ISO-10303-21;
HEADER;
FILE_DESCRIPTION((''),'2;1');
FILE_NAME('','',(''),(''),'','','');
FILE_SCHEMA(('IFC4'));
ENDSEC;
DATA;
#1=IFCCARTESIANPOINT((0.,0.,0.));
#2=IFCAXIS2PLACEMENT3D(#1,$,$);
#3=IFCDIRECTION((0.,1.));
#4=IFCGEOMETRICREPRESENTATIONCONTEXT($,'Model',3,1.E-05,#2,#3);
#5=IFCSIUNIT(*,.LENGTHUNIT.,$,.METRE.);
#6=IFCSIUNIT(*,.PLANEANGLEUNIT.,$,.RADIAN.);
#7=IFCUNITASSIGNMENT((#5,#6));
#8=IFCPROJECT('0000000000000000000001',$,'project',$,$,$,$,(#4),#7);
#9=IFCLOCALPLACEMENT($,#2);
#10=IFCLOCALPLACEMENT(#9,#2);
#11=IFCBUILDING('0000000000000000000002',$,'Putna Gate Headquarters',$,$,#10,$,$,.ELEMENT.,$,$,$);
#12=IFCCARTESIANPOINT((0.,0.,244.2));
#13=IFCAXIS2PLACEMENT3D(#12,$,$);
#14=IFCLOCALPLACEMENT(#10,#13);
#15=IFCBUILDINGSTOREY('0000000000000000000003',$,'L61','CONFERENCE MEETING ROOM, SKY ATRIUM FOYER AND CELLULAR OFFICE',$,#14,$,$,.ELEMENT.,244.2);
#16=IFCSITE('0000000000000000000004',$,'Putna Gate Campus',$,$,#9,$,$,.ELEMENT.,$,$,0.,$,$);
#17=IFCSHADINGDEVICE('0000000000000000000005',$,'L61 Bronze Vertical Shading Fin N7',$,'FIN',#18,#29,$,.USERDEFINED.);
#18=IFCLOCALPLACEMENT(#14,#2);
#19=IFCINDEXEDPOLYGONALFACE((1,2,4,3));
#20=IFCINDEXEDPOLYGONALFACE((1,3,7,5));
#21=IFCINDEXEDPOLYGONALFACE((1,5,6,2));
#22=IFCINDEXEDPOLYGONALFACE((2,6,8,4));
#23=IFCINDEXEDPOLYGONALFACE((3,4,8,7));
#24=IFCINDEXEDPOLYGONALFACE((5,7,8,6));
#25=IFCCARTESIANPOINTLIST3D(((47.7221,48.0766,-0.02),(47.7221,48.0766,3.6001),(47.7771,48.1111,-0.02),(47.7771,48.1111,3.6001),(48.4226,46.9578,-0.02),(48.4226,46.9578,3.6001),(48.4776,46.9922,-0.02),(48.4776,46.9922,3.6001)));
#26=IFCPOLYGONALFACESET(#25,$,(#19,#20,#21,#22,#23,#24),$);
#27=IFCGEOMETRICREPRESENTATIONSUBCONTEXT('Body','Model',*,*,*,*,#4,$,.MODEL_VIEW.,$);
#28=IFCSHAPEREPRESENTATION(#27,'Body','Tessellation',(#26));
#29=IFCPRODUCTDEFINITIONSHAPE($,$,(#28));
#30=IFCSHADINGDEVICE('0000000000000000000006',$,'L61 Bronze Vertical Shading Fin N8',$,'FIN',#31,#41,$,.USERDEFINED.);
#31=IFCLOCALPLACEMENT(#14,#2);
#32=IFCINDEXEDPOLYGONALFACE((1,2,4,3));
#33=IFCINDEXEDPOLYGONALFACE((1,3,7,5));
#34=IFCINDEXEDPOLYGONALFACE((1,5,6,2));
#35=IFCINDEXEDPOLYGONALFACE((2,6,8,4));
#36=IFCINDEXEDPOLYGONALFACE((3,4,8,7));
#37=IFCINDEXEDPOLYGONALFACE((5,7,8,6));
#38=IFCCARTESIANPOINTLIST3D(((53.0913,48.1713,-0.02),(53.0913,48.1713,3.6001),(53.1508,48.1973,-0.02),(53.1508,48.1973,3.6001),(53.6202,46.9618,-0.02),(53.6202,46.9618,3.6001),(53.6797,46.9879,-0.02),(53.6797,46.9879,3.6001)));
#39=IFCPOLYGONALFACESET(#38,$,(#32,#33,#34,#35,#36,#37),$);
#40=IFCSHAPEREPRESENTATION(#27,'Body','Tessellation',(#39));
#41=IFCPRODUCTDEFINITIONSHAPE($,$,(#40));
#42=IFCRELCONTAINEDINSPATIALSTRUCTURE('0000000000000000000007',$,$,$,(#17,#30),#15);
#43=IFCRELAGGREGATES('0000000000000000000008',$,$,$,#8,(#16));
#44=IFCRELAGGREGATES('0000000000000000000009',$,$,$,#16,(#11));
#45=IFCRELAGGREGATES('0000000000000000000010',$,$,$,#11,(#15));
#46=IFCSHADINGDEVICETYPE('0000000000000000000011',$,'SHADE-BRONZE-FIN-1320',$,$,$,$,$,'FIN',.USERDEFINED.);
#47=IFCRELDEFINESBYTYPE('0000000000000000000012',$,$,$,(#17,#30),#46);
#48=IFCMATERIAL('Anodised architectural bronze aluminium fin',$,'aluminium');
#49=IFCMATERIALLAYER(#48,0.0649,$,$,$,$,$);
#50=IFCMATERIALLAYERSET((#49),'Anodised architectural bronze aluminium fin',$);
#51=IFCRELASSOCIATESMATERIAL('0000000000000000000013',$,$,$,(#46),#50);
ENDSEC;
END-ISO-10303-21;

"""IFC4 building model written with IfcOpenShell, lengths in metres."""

from ifc_helpers import new_model, si_unit, direction, frame, origin, origin_2d, place, context, subcontext, project, spatial, rectangle, extrude, material, layer, layer_set, type_object, element, save


model = new_model("IFC4")

# Units and contexts
model_context = context("Model", 3, precision=1e-05, world=origin(), true_north=direction((0.0, 1.0)))
body_context = subcontext(model_context, "Body", "Model", "MODEL_VIEW")
ifc_project = project(units=[si_unit("LENGTHUNIT", "METRE"), si_unit("PLANEANGLEUNIT", "RADIAN")], contexts=[model_context])

# Site, building, storey
site_placement = place(None, origin())
site = spatial("IfcSite", under=ifc_project, at=site_placement, Name="Putna Gate Campus", CompositionType="ELEMENT", RefElevation=0.0)
building_placement = place(site_placement, origin())
building = spatial("IfcBuilding", under=site, at=building_placement, Name="Putna Gate Headquarters", CompositionType="ELEMENT")
storey_placement = place(building_placement, frame((0.0, 0.0, 244.2)))
storey = spatial("IfcBuildingStorey", under=building, at=storey_placement, Name="L61", Description="CONFERENCE MEETING ROOM, SKY ATRIUM FOYER AND CELLULAR OFFICE", CompositionType="ELEMENT", Elevation=244.2)

# Shading devices
ifc_material_1 = material(Name="Anodised architectural bronze aluminium fin", Category="aluminium")
ifc_layer_1 = layer(ifc_material_1, 0.0649)
ifc_layer_set_1 = layer_set([ifc_layer_1], Name="Anodised architectural bronze aluminium fin")
shading_device_type = type_object("IfcShadingDeviceType", Name="SHADE-BRONZE-FIN-1320", ElementType="FIN", PredefinedType="USERDEFINED", material=ifc_layer_set_1)
for number, where, z_axis, x_axis, name in (
    (1, (48.0999, 47.5344, -0.02), (0.0, 0.0, 1.0), (-0.530659, 0.847585, 0.0), "L61 Bronze Vertical Shading Fin N7"),
    (2, (53.3855, 47.5796, -0.02), (0.0, 0.0, 1.0), (-0.400669, 0.916223, 0.0), "L61 Bronze Vertical Shading Fin N8"),
):
    element("IfcShadingDevice", number, at=place(storey_placement, frame(where, z_axis=z_axis, x_axis=x_axis)), inside=storey, type_object=shading_device_type, Name=name, ObjectType="FIN", PredefinedType="USERDEFINED", context=body_context, shape_type="SweptSolid", body=[
        extrude(rectangle(XDim=1.3201, YDim=0.0649, at=origin_2d()), origin(), (0.0, 0.0, 1.0), 3.6201),
    ])

save(model, "model.ifc")
